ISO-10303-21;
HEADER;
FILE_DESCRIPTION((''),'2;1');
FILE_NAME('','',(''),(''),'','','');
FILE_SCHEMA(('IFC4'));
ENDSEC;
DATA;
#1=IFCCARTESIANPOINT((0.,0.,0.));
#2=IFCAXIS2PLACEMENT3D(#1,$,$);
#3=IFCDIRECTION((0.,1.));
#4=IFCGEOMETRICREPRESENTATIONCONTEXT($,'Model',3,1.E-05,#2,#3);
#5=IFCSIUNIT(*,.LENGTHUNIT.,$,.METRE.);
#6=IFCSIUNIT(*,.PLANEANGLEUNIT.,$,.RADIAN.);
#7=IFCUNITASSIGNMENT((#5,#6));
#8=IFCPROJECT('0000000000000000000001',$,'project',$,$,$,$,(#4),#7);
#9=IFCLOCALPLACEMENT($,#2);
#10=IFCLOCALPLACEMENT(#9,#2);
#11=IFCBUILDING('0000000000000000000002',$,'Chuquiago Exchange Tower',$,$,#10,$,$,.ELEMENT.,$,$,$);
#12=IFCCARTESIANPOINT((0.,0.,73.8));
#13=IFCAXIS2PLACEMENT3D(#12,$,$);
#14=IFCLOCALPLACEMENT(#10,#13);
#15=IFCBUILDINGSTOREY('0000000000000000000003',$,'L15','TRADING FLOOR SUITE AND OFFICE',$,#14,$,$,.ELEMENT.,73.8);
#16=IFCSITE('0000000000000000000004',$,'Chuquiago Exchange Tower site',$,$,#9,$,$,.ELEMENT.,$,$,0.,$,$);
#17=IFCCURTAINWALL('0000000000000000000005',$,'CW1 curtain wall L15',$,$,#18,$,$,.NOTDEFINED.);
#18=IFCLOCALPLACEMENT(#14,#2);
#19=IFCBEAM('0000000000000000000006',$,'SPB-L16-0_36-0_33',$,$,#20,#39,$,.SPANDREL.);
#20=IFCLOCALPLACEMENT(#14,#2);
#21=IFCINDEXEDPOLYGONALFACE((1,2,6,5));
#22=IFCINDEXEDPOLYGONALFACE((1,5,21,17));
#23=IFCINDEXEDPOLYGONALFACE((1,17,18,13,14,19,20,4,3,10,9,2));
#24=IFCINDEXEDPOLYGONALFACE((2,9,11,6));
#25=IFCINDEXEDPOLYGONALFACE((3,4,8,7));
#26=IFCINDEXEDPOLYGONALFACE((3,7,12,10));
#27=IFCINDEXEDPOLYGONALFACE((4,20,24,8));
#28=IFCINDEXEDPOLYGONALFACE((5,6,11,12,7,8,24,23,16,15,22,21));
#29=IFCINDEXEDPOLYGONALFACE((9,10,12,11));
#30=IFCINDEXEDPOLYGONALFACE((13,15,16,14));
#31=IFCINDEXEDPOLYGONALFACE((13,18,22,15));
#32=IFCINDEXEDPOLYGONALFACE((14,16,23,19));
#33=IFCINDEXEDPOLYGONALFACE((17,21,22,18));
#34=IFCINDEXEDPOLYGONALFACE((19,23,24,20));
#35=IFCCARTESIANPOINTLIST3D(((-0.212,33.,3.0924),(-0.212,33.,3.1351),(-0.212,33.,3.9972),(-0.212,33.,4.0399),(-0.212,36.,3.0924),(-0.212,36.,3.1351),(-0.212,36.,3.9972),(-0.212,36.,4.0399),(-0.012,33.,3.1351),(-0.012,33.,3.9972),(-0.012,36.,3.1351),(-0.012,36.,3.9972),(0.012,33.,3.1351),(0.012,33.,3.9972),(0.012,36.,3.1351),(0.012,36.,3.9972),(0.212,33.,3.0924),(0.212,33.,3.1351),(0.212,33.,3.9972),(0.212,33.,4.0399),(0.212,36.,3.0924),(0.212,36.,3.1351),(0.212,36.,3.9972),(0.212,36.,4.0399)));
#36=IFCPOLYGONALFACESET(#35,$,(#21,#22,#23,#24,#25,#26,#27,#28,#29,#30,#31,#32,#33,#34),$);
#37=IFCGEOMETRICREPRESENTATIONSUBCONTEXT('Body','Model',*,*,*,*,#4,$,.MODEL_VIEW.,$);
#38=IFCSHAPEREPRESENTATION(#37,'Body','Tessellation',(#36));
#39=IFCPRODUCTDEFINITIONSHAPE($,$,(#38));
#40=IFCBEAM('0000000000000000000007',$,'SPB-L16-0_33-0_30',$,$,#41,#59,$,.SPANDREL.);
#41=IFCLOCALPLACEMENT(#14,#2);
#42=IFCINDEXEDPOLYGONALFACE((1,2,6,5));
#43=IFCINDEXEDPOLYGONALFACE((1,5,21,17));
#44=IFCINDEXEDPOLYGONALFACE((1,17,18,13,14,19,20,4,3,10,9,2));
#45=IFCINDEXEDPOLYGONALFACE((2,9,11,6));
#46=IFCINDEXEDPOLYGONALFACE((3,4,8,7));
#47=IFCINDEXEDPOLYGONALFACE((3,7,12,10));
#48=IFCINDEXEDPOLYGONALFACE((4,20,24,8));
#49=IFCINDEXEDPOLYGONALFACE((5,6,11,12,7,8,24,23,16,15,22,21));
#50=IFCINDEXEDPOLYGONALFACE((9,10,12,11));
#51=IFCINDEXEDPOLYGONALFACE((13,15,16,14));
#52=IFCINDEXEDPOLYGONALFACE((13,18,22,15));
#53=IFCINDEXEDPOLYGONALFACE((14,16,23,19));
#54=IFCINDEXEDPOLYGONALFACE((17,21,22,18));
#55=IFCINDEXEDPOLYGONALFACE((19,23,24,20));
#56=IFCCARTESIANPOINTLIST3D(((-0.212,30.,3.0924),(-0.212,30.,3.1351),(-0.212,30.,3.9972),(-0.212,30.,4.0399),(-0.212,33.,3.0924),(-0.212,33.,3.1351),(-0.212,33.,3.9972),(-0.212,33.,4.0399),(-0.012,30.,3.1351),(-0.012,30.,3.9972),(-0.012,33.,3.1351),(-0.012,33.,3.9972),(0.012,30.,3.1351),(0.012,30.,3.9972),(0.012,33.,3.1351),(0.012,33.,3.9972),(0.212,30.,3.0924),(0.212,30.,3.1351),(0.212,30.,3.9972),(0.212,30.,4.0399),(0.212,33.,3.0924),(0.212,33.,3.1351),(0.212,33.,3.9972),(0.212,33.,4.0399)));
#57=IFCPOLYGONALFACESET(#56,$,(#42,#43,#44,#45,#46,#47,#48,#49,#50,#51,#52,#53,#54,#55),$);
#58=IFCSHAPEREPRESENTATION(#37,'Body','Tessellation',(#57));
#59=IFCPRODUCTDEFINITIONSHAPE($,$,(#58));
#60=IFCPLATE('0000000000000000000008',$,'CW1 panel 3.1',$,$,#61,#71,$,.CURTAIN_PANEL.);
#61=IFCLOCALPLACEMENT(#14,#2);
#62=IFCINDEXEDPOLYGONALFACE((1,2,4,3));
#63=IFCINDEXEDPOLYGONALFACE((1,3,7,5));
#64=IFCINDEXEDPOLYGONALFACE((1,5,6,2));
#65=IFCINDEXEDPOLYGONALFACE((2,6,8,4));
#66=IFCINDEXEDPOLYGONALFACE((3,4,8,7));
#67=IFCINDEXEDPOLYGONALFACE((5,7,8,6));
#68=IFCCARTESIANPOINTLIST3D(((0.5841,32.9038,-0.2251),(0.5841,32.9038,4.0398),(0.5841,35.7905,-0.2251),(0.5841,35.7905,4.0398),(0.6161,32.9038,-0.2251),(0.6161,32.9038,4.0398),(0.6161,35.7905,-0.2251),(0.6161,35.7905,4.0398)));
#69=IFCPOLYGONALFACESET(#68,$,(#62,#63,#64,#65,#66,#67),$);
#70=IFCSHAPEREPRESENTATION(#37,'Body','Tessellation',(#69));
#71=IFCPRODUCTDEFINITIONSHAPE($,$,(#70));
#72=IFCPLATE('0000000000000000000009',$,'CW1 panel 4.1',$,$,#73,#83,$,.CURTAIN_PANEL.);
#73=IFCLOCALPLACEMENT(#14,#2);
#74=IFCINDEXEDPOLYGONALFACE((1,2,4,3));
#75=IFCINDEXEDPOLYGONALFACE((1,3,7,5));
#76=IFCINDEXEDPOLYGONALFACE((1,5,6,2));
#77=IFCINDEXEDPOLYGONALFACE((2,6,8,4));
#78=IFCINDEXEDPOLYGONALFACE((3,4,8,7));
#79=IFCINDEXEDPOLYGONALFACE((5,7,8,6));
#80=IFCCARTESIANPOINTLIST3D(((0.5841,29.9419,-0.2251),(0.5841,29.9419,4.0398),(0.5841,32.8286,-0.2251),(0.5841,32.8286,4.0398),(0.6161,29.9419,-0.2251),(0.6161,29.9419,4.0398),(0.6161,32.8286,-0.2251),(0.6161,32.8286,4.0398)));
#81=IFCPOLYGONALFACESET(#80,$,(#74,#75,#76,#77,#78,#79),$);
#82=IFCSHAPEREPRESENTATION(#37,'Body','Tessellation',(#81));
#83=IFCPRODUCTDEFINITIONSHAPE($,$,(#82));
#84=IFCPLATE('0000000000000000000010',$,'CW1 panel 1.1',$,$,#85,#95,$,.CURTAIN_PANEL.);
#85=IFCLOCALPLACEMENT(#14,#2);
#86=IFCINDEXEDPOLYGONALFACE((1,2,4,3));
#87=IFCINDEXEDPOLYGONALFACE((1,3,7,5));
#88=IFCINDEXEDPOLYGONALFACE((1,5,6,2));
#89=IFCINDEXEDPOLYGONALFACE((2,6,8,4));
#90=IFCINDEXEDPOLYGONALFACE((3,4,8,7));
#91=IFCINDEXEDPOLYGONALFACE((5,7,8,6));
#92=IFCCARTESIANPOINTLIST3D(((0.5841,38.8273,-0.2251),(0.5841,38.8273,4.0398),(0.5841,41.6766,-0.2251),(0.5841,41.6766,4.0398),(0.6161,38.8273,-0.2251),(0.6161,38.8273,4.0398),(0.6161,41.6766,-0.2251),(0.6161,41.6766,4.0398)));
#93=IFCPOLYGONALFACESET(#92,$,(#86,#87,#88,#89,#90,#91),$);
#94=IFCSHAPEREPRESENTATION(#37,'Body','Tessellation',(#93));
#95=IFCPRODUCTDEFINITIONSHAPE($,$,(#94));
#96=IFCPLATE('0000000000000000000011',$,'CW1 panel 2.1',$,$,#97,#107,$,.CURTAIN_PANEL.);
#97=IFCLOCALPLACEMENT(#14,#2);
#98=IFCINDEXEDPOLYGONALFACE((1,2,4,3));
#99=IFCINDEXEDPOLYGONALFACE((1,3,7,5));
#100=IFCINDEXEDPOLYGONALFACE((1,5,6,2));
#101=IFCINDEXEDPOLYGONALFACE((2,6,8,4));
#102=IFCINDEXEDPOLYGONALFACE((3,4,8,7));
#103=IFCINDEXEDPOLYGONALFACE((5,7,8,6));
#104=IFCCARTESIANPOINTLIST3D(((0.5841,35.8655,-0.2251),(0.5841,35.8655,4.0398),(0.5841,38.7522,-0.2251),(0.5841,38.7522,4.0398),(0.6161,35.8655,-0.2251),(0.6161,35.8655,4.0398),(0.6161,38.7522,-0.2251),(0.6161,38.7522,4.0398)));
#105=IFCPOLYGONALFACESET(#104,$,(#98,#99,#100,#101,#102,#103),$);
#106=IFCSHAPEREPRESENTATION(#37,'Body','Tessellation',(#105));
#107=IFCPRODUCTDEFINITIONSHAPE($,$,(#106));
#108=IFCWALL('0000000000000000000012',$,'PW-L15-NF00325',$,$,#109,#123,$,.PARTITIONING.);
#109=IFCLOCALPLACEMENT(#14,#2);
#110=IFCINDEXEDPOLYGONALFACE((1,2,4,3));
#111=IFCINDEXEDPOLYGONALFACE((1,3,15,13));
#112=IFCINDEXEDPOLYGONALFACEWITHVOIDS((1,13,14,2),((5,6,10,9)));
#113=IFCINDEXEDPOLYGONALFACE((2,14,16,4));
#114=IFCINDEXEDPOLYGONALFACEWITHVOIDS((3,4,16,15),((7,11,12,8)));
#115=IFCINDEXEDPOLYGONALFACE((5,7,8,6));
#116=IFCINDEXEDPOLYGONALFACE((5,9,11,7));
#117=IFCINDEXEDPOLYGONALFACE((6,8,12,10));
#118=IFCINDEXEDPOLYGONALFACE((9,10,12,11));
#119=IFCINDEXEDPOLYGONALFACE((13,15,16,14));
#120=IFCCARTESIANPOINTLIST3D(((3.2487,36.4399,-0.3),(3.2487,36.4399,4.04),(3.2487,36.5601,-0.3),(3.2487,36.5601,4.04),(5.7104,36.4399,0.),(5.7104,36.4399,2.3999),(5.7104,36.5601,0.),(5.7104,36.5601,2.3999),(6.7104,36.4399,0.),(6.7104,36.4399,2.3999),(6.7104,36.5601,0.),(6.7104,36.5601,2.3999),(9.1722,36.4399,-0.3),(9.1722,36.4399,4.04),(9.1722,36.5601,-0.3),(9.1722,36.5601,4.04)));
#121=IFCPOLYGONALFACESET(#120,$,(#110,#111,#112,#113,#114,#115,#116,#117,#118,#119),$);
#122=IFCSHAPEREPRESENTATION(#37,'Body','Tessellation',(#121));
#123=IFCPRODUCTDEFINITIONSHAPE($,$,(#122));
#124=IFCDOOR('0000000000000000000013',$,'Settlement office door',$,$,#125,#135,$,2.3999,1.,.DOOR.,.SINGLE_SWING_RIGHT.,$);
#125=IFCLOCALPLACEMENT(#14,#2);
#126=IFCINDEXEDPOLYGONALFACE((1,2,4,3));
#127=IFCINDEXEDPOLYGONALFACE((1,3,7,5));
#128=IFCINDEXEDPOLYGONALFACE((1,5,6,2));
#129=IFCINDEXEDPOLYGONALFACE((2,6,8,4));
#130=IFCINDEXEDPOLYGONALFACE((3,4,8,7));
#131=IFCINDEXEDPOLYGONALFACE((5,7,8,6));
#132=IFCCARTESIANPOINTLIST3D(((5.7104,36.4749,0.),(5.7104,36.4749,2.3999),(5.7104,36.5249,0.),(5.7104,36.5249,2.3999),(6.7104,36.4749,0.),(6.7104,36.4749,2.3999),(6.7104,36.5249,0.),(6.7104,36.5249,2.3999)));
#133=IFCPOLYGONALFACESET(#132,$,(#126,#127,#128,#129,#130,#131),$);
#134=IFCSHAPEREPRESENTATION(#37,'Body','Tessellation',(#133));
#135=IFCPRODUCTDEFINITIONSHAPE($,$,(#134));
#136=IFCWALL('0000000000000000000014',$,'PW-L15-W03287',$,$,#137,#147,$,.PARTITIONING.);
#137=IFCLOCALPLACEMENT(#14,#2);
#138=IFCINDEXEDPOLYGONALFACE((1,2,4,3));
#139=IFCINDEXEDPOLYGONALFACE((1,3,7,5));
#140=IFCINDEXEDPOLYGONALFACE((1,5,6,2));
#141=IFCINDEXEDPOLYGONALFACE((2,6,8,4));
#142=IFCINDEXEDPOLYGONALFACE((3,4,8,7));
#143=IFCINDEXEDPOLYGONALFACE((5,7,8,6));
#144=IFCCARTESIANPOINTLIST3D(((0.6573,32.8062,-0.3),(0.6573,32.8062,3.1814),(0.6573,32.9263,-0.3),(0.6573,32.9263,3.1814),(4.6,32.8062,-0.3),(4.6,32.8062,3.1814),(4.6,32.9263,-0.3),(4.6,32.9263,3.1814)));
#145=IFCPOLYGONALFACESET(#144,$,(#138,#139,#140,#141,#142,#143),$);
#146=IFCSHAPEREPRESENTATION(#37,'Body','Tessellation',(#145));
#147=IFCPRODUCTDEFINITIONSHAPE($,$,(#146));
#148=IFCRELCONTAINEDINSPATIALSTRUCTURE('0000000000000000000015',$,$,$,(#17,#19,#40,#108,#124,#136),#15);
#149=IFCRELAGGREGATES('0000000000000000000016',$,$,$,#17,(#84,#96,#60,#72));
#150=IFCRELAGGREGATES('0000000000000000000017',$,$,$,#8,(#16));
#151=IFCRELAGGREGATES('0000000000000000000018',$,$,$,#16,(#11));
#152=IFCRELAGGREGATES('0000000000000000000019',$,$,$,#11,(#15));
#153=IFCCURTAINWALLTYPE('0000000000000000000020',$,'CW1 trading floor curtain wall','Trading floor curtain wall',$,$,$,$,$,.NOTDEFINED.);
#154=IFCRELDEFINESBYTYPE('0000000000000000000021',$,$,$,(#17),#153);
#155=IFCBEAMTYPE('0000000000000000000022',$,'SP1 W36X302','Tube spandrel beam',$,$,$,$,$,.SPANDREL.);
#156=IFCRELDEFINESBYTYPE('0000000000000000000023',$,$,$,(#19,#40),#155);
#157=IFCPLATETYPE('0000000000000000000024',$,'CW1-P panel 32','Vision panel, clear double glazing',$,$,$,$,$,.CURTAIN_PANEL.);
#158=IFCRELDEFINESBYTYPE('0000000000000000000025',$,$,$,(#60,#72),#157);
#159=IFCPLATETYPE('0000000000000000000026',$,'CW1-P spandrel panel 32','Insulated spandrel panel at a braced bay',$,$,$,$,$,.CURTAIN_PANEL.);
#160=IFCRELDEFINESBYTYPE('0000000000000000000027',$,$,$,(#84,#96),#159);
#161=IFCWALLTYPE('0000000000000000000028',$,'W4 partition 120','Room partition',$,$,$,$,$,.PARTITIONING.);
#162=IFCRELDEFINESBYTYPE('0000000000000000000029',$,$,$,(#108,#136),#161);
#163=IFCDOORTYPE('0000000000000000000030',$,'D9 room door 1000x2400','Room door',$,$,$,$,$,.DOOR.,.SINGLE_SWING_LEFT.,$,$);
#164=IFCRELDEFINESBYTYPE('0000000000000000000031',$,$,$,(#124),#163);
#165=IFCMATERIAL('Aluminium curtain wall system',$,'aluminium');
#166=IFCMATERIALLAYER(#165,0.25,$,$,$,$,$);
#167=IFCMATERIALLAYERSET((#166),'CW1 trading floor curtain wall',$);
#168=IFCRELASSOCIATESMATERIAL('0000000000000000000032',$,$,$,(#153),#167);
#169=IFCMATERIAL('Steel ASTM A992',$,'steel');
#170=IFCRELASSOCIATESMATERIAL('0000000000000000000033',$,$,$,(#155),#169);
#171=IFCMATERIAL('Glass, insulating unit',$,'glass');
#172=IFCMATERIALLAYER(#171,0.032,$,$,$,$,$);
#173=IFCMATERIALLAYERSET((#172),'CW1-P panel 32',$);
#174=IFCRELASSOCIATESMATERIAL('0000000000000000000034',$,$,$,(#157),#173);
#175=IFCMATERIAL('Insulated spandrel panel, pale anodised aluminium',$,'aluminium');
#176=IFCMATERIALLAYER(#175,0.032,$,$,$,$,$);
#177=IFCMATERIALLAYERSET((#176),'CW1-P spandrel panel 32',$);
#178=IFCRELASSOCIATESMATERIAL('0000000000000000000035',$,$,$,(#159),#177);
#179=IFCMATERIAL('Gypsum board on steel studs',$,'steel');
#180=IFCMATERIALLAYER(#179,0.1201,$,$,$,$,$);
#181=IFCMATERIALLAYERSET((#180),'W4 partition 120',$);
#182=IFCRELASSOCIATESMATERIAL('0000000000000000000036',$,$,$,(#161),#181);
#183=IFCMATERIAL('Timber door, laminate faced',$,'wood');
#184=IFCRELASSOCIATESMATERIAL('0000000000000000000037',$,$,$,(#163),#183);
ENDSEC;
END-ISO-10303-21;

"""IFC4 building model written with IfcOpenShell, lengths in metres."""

from ifc_helpers import new_model, si_unit, direction, frame, frame_2d, origin, origin_2d, place, context, subcontext, project, spatial, rectangle, i_section, extrude, material, layer, layer_set, material_profile, profile_set, type_object, element, fill, aggregate, save


model = new_model("IFC4")

# Units and contexts
model_context = context("Model", 3, precision=1e-05, world=origin(), true_north=direction((0.0, 1.0)))
body_context = subcontext(model_context, "Body", "Model", "MODEL_VIEW")
ifc_project = project(units=[si_unit("LENGTHUNIT", "METRE"), si_unit("PLANEANGLEUNIT", "RADIAN")], contexts=[model_context])

# Site, building, storey
site_placement = place(None, origin())
site = spatial("IfcSite", under=ifc_project, at=site_placement, Name="Chuquiago Exchange Tower site", CompositionType="ELEMENT", RefElevation=0.0)
building_placement = place(site_placement, origin())
building = spatial("IfcBuilding", under=site, at=building_placement, Name="Chuquiago Exchange Tower", CompositionType="ELEMENT")
storey_placement = place(building_placement, frame((0.0, 0.0, 73.8)))
storey = spatial("IfcBuildingStorey", under=building, at=storey_placement, Name="L15", Description="TRADING FLOOR SUITE AND OFFICE", CompositionType="ELEMENT", Elevation=73.8)

# Curtain wall
ifc_material_1 = material(Name="Aluminium curtain wall system", Category="aluminium")
ifc_layer_1 = layer(ifc_material_1, 0.25)
ifc_layer_set_1 = layer_set([ifc_layer_1], Name="CW1 trading floor curtain wall")
curtain_wall_type = type_object("IfcCurtainWallType", Name="CW1 trading floor curtain wall", Description="Trading floor curtain wall", PredefinedType="NOTDEFINED", material=ifc_layer_set_1)
curtain_wall_placement = place(storey_placement, origin())
curtain_wall = element("IfcCurtainWall", 1, at=curtain_wall_placement, inside=storey, type_object=curtain_wall_type, Name="CW1 curtain wall L15", PredefinedType="NOTDEFINED")

# Beams
ifc_material_2 = material(Name="Steel ASTM A992", Category="steel")
ifc_material_profile_1 = material_profile(ifc_material_2, i_section(OverallWidth=0.4241, OverallDepth=0.9475, WebThickness=0.0239, FlangeThickness=0.0427, at=origin_2d()), Name="W36X302")
ifc_profile_set_1 = profile_set([ifc_material_profile_1], Name="Steel ASTM A992")
beam_type = type_object("IfcBeamType", Name="SP1 W36X302", Description="Tube spandrel beam", PredefinedType="SPANDREL", material=ifc_profile_set_1)
for number, where, z_axis, x_axis, name in (
    (2, (0.0, 36.0, 3.5662), (0.0, -1.0, 0.0), (1.0, 0.0, 0.0), "SPB-L16-0_36-0_33"),
    (3, (0.0, 33.0, 3.5662), (0.0, -1.0, 0.0), (1.0, 0.0, 0.0), "SPB-L16-0_33-0_30"),
):
    element("IfcBeam", number, at=place(storey_placement, frame(where, z_axis=z_axis, x_axis=x_axis)), inside=storey, type_object=beam_type, Name=name, PredefinedType="SPANDREL", context=body_context, shape_type="SweptSolid", body=[
        extrude(i_section(OverallWidth=0.4241, OverallDepth=0.9475, WebThickness=0.0239, FlangeThickness=0.0427, at=origin_2d()), origin(), (0.0, 0.0, 1.0), 3.0),
    ])

# Plates
ifc_material_3 = material(Name="Glass, insulating unit", Category="glass")
ifc_layer_2 = layer(ifc_material_3, 0.032)
ifc_layer_set_2 = layer_set([ifc_layer_2], Name="CW1-P panel 32")
plate_type_1 = type_object("IfcPlateType", Name="CW1-P panel 32", Description="Vision panel, clear double glazing", PredefinedType="CURTAIN_PANEL", material=ifc_layer_set_2)
plate_1_placement = place(storey_placement, frame((0.6001, 34.3472, -0.2251), z_axis=(0.0, 0.0, 1.0), x_axis=(0.0, -1.0, 0.0)))
plate_1 = element("IfcPlate", 4, at=plate_1_placement, type_object=plate_type_1, Name="CW1 panel 3.1", PredefinedType="CURTAIN_PANEL", context=body_context, shape_type="SweptSolid", body=[
    extrude(rectangle(XDim=2.8867, YDim=0.032, at=origin_2d()), origin(), (0.0, 0.0, 1.0), 4.2649),
])
plate_2_placement = place(storey_placement, frame((0.6001, 31.3853, -0.2251), z_axis=(0.0, 0.0, 1.0), x_axis=(0.0, -1.0, 0.0)))
plate_2 = element("IfcPlate", 5, at=plate_2_placement, type_object=plate_type_1, Name="CW1 panel 4.1", PredefinedType="CURTAIN_PANEL", context=body_context, shape_type="SweptSolid", body=[
    extrude(rectangle(XDim=2.8867, YDim=0.032, at=origin_2d()), origin(), (0.0, 0.0, 1.0), 4.2649),
])
ifc_material_4 = material(Name="Insulated spandrel panel, pale anodised aluminium", Category="aluminium")
ifc_layer_3 = layer(ifc_material_4, 0.032)
ifc_layer_set_3 = layer_set([ifc_layer_3], Name="CW1-P spandrel panel 32")
plate_type_2 = type_object("IfcPlateType", Name="CW1-P spandrel panel 32", Description="Insulated spandrel panel at a braced bay", PredefinedType="CURTAIN_PANEL", material=ifc_layer_set_3)
plate_3_placement = place(storey_placement, frame((0.6001, 40.252, -0.2251), z_axis=(0.0, 0.0, 1.0), x_axis=(0.0, -1.0, 0.0)))
plate_3 = element("IfcPlate", 6, at=plate_3_placement, type_object=plate_type_2, Name="CW1 panel 1.1", PredefinedType="CURTAIN_PANEL", context=body_context, shape_type="SweptSolid", body=[
    extrude(rectangle(XDim=2.8494, YDim=0.032, at=origin_2d()), origin(), (0.0, 0.0, 1.0), 4.2649),
])
plate_4_placement = place(storey_placement, frame((0.6001, 37.3088, -0.2251), z_axis=(0.0, 0.0, 1.0), x_axis=(0.0, -1.0, 0.0)))
plate_4 = element("IfcPlate", 7, at=plate_4_placement, type_object=plate_type_2, Name="CW1 panel 2.1", PredefinedType="CURTAIN_PANEL", context=body_context, shape_type="SweptSolid", body=[
    extrude(rectangle(XDim=2.8867, YDim=0.032, at=origin_2d()), origin(), (0.0, 0.0, 1.0), 4.2649),
])
aggregate(curtain_wall, [plate_3, plate_4, plate_1, plate_2])

# Wall, opening, door
ifc_material_5 = material(Name="Gypsum board on steel studs", Category="steel")
ifc_layer_4 = layer(ifc_material_5, 0.1201)
ifc_layer_set_4 = layer_set([ifc_layer_4], Name="W4 partition 120")
wall_type = type_object("IfcWallType", Name="W4 partition 120", Description="Room partition", PredefinedType="PARTITIONING", material=ifc_layer_set_4)
wall_1_placement = place(storey_placement, frame((3.2485, 36.5, -0.3), z_axis=(0.0, 0.0, 1.0), x_axis=(1.0, 0.0, 0.0)))
wall_1 = element("IfcWall", 8, at=wall_1_placement, inside=storey, type_object=wall_type, Name="PW-L15-NF00325", PredefinedType="PARTITIONING", context=body_context, shape_type="SweptSolid", body=[
    extrude(rectangle(XDim=5.9236, YDim=0.1201, at=frame_2d((2.9619, 0.0))), origin(), (0.0, 0.0, 1.0), 4.3401),
])
opening_placement = place(wall_1_placement, frame((2.4619, 0.0, 0.3)))
opening = element("IfcOpeningElement", 9, at=opening_placement, cuts=wall_1, PredefinedType="OPENING", context=body_context, shape_type="SweptSolid", body=[
    extrude(rectangle(XDim=1.0, YDim=2.3999, at=frame_2d((0.5, 1.2))), frame((0.0, 0.0701, 0.0), z_axis=(0.0, -1.0, 0.0), x_axis=(1.0, 0.0, 0.0)), (0.0, 0.0, 1.0), 0.1401),
])
ifc_material_6 = material(Name="Timber door, laminate faced", Category="wood")
door_type = type_object("IfcDoorType", Name="D9 room door 1000x2400", Description="Room door", OperationType="SINGLE_SWING_LEFT", PredefinedType="DOOR", material=ifc_material_6)
door_placement = place(opening_placement, origin())
door = element("IfcDoor", 10, at=door_placement, inside=storey, type_object=door_type, Name="Settlement office door", OperationType="SINGLE_SWING_RIGHT", OverallHeight=2.3999, OverallWidth=1.0, PredefinedType="DOOR", context=body_context, shape_type="SweptSolid", body=[
    extrude(rectangle(XDim=1.0, YDim=2.3999, at=frame_2d((0.5, 1.2))), frame((0.0, 0.0249, 0.0), z_axis=(0.0, -1.0, 0.0), x_axis=(1.0, 0.0, 0.0)), (0.0, 0.0, 1.0), 0.05),
])
fill(opening, door)

# Wall
wall_2_placement = place(storey_placement, frame((0.6575, 32.8662, -0.3), z_axis=(0.0, 0.0, 1.0), x_axis=(1.0, 0.0, 0.0)))
element("IfcWall", 11, at=wall_2_placement, inside=storey, type_object=wall_type, Name="PW-L15-W03287", PredefinedType="PARTITIONING", context=body_context, shape_type="SweptSolid", body=[
    extrude(rectangle(XDim=3.9426, YDim=0.1201, at=frame_2d((1.9712, 0.0))), origin(), (0.0, 0.0, 1.0), 3.4814),
])

save(model, "model.ifc")
